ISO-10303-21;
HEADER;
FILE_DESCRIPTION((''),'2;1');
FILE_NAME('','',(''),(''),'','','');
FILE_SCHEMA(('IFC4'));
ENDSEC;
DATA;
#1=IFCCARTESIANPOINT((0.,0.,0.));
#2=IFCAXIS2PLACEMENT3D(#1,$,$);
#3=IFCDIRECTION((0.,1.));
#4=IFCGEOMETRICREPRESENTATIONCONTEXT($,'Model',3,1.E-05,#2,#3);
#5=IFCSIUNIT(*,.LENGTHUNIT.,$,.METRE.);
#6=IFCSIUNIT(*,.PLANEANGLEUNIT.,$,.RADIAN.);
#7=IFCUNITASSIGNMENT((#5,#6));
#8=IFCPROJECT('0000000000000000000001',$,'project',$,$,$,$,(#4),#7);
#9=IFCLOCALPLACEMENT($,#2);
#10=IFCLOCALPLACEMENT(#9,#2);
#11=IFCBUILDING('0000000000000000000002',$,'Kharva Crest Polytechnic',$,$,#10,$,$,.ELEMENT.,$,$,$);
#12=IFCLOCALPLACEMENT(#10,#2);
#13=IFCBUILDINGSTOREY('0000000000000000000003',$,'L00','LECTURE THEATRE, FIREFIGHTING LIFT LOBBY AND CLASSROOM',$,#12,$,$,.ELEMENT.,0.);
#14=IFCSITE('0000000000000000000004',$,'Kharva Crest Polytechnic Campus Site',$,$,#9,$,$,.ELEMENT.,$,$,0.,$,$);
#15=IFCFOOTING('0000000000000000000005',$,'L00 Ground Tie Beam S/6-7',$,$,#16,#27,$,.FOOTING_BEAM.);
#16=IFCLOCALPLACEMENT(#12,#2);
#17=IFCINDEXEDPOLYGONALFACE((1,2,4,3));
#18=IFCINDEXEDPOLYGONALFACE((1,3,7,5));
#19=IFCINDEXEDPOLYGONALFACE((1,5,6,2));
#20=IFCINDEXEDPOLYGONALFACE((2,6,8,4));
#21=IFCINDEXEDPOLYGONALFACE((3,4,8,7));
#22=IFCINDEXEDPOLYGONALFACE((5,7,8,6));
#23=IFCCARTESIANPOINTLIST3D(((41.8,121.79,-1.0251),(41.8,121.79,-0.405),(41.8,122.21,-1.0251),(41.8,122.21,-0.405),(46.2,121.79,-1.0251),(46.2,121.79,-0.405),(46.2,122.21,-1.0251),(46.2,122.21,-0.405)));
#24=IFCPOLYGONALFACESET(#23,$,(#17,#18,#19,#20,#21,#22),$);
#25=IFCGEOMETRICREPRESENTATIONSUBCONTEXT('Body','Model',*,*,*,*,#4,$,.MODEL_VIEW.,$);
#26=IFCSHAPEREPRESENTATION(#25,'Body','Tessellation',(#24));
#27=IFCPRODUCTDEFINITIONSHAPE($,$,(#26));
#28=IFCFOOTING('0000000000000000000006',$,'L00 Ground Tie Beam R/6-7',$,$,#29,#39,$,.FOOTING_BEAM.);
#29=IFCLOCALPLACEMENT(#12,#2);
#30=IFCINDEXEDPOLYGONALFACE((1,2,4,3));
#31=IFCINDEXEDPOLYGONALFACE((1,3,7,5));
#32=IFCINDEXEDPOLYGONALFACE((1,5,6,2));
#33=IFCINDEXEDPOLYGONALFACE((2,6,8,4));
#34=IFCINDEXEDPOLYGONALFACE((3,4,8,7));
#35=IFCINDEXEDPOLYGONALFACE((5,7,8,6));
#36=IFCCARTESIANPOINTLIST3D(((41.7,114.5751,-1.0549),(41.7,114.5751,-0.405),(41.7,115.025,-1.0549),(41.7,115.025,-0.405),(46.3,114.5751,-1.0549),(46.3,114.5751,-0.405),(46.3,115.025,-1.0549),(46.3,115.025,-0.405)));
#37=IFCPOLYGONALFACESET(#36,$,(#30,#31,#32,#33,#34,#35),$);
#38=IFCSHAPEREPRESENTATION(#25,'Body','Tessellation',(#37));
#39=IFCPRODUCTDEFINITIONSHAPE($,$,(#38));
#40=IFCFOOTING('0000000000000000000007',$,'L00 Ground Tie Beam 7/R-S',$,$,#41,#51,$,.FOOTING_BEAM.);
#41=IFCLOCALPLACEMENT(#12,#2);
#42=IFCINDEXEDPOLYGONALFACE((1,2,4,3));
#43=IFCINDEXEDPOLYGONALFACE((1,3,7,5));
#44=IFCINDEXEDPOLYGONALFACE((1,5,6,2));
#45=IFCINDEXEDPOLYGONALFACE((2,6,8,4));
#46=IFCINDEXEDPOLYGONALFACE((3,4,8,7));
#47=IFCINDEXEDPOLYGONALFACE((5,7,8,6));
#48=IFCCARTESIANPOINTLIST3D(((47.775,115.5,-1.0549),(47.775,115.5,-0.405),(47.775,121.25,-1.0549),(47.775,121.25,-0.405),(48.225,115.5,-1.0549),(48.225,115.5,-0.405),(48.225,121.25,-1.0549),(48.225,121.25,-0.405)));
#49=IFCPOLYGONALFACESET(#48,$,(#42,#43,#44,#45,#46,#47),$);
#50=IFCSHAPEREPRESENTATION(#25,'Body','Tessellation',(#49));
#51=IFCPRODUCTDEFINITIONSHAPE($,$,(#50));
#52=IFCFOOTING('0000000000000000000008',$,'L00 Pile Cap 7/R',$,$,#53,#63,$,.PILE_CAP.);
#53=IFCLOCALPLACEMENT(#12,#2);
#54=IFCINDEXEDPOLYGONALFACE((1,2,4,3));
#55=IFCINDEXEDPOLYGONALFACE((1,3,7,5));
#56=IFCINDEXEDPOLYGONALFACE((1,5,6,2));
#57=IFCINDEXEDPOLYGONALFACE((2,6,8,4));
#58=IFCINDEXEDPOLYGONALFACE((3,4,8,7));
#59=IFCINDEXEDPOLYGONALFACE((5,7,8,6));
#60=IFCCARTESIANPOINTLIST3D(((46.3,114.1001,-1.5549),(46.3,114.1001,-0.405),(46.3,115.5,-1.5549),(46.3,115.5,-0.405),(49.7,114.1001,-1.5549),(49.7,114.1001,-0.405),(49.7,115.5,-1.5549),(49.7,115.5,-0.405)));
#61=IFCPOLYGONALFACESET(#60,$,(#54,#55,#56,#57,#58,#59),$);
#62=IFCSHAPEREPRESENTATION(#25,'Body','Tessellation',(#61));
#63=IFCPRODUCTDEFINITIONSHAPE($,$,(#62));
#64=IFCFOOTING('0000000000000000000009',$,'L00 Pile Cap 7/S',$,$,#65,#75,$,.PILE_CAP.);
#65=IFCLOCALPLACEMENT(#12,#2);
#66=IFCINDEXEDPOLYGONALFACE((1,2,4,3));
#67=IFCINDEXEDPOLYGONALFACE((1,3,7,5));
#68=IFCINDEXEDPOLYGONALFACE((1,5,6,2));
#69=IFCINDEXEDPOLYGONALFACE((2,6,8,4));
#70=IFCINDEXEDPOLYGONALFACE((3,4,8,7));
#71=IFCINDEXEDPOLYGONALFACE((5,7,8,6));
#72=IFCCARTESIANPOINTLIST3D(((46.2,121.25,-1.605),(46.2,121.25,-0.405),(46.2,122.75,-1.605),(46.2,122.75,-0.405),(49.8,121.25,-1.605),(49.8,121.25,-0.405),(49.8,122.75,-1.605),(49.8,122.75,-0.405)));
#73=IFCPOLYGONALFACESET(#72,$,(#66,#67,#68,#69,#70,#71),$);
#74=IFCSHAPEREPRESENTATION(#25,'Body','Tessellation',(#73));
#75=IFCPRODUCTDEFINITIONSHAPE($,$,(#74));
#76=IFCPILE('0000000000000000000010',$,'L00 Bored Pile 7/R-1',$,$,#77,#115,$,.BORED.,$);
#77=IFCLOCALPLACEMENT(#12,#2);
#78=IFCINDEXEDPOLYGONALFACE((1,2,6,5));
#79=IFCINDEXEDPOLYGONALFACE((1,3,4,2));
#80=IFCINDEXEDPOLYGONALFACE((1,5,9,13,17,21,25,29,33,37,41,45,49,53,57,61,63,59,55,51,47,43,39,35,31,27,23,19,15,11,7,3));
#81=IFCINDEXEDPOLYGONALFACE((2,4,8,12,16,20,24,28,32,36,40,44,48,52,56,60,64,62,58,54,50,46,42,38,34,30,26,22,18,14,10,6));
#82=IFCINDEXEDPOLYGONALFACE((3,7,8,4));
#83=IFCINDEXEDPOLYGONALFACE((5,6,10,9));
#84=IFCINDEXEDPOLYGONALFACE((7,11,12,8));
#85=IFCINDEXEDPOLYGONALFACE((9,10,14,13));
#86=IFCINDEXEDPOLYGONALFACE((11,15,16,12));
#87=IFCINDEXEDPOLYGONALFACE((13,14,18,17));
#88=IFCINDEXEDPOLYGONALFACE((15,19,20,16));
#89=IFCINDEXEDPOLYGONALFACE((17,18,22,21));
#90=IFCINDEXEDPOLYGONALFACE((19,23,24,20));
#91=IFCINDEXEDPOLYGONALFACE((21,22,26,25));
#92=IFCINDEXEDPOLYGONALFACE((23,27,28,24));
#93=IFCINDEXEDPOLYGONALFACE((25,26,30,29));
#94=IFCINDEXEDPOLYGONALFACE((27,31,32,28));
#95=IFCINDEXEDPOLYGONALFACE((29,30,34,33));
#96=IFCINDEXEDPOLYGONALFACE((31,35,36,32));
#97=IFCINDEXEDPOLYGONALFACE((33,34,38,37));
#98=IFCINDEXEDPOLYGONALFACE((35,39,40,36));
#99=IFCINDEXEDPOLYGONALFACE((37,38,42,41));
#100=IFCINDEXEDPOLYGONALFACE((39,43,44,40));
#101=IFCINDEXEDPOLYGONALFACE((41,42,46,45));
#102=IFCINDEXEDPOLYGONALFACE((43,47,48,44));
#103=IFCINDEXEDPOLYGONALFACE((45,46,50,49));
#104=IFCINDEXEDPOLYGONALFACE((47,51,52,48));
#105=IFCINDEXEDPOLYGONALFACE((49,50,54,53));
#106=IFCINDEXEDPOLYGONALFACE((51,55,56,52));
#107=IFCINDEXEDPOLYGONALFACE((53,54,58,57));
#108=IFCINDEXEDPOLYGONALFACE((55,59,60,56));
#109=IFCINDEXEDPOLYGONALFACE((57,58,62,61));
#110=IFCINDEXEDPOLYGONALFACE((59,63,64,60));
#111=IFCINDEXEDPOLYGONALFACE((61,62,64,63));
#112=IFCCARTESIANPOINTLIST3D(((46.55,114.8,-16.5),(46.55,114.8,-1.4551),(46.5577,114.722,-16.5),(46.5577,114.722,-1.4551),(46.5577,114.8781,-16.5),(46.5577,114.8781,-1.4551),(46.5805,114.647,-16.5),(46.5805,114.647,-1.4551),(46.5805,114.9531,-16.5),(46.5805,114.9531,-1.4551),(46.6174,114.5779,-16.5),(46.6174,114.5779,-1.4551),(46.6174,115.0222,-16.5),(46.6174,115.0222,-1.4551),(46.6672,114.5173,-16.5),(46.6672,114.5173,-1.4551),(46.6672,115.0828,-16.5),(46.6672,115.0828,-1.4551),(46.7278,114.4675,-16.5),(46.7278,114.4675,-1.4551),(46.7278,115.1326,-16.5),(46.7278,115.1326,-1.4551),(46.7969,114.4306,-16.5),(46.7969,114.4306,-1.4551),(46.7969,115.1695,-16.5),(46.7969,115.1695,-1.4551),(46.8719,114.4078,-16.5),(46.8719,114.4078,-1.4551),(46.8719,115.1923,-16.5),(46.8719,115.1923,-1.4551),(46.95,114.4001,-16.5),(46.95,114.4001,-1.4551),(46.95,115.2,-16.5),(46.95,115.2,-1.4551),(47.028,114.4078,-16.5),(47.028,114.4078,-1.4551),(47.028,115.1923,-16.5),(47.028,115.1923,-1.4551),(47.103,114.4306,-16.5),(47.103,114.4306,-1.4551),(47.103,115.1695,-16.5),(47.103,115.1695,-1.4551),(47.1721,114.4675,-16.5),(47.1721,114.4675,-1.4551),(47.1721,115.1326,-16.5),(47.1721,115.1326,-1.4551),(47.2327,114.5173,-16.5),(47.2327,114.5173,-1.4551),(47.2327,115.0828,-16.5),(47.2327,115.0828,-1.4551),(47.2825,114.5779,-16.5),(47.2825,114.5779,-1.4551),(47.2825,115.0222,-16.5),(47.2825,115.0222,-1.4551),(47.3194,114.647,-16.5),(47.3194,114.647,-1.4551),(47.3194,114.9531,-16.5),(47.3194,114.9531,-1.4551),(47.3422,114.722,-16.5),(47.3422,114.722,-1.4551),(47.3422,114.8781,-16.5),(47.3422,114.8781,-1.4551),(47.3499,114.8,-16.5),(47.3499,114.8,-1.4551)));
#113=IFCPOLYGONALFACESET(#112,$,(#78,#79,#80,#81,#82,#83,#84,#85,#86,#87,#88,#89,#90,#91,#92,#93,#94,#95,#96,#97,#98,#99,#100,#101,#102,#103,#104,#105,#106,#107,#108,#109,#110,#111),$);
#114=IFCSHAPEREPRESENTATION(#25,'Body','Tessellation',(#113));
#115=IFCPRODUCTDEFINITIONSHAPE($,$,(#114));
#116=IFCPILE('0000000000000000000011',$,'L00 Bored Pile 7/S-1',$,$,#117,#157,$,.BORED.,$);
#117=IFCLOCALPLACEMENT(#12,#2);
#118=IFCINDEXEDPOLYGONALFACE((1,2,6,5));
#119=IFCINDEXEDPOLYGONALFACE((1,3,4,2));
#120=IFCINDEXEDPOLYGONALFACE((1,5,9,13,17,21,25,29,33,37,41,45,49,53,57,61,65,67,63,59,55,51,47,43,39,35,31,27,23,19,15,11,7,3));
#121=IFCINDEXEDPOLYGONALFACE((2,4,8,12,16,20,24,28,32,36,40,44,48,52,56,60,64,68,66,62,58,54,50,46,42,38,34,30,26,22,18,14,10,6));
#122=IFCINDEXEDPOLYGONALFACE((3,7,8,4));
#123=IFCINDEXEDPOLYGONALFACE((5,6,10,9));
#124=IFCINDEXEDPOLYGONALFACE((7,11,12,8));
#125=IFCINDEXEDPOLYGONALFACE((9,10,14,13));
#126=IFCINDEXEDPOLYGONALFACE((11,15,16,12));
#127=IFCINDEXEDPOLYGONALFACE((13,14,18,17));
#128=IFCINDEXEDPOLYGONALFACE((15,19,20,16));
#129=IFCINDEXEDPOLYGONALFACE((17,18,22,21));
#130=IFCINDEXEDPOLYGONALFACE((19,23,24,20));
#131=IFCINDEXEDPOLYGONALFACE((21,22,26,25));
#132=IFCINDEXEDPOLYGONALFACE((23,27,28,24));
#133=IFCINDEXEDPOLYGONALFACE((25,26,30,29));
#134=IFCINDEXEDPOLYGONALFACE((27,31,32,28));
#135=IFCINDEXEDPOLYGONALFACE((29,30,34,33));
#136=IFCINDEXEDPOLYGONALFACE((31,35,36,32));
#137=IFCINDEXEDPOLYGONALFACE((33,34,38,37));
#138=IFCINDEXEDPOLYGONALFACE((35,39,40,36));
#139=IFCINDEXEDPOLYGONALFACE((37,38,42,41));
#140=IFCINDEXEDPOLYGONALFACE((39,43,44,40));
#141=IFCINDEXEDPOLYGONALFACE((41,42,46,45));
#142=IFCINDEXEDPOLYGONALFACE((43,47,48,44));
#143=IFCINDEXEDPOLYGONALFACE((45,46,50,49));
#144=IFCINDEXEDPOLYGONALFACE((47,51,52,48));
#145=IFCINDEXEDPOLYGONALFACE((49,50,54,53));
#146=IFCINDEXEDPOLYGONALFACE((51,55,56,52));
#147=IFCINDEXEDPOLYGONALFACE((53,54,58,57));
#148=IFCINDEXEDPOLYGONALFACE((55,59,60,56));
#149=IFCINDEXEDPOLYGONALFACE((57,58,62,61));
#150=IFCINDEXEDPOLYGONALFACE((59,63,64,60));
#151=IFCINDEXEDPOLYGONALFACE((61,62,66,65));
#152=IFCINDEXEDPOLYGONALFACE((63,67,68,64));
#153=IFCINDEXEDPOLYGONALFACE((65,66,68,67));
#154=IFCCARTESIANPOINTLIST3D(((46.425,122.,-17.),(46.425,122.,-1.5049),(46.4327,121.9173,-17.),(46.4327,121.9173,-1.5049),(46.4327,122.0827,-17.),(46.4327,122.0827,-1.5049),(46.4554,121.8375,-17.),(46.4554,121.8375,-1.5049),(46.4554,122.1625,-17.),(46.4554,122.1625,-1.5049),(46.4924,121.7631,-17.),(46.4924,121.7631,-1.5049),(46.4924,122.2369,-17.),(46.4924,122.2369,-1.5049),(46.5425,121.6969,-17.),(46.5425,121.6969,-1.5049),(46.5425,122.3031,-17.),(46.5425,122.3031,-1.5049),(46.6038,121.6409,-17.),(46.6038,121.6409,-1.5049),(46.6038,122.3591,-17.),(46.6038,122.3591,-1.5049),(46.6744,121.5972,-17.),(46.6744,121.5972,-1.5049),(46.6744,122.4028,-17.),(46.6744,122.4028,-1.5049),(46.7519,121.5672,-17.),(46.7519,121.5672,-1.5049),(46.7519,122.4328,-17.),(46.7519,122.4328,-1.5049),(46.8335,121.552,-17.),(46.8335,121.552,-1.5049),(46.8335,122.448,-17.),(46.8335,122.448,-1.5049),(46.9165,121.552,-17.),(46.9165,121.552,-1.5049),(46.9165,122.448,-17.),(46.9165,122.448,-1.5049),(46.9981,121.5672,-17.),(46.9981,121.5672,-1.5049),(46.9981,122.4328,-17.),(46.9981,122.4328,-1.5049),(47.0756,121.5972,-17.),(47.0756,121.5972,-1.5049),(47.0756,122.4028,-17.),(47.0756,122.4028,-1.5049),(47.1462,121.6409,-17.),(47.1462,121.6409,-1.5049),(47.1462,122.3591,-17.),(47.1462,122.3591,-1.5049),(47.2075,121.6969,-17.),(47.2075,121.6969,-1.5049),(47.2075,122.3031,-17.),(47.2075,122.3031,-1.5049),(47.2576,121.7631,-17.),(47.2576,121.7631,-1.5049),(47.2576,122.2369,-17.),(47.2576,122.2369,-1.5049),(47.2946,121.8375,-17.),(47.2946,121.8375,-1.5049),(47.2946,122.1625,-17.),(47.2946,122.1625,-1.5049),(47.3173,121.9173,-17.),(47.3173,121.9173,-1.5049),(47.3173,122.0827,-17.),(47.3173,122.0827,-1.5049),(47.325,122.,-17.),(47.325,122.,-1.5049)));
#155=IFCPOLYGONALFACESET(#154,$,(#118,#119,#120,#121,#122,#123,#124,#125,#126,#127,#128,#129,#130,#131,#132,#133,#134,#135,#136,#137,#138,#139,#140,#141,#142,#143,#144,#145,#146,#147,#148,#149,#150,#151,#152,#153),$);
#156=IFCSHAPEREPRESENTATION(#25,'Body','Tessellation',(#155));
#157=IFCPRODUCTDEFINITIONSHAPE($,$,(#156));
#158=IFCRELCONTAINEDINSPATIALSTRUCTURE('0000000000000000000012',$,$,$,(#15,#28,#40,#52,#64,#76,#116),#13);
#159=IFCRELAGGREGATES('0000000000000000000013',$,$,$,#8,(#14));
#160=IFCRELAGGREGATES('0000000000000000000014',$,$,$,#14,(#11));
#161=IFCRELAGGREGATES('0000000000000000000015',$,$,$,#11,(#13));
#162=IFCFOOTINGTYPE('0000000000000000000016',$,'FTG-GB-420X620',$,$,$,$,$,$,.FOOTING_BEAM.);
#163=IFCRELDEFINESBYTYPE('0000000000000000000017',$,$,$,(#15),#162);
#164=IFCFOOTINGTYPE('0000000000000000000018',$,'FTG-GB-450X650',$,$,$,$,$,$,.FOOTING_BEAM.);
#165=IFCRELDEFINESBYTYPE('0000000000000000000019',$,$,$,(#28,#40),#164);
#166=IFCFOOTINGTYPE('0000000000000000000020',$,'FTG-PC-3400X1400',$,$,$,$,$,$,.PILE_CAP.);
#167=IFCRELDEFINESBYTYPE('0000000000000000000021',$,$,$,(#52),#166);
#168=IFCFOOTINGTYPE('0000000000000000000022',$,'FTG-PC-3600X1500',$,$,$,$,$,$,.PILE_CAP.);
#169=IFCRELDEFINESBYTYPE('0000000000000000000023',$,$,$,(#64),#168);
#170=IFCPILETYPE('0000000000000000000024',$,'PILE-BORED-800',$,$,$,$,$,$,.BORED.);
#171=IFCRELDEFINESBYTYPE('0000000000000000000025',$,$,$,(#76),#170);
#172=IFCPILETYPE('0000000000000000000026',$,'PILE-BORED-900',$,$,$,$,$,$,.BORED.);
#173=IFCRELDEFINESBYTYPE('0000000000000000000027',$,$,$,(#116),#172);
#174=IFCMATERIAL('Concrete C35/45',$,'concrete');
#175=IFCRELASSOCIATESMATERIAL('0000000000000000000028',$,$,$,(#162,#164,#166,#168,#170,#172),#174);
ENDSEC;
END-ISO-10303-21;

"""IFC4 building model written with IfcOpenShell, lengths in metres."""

from ifc_helpers import new_model, si_unit, direction, frame, origin, origin_2d, place, context, subcontext, project, spatial, rectangle, circle, extrude, material, material_profile, profile_set, type_object, element, save


model = new_model("IFC4")

# Units and contexts
model_context = context("Model", 3, precision=1e-05, world=origin(), true_north=direction((0.0, 1.0)))
body_context = subcontext(model_context, "Body", "Model", "MODEL_VIEW")
ifc_project = project(units=[si_unit("LENGTHUNIT", "METRE"), si_unit("PLANEANGLEUNIT", "RADIAN")], contexts=[model_context])

# Site, building, storey
site_placement = place(None, origin())
site = spatial("IfcSite", under=ifc_project, at=site_placement, Name="Kharva Crest Polytechnic Campus Site", CompositionType="ELEMENT", RefElevation=0.0)
building_placement = place(site_placement, origin())
building = spatial("IfcBuilding", under=site, at=building_placement, Name="Kharva Crest Polytechnic", CompositionType="ELEMENT")
storey_placement = place(building_placement, origin())
storey = spatial("IfcBuildingStorey", under=building, at=storey_placement, Name="L00", Description="LECTURE THEATRE, FIREFIGHTING LIFT LOBBY AND CLASSROOM", CompositionType="ELEMENT", Elevation=0.0)

# Footings
ifc_material_1 = material(Name="Concrete C35/45", Category="concrete")
footing_type_1 = type_object("IfcFootingType", Name="FTG-GB-420X620", PredefinedType="FOOTING_BEAM", material=ifc_material_1)
footing_1_placement = place(storey_placement, frame((44.0, 122.0, -1.0251), z_axis=(0.0, 0.0, 1.0), x_axis=(1.0, 0.0, 0.0)))
element("IfcFooting", 1, at=footing_1_placement, inside=storey, type_object=footing_type_1, Name="L00 Ground Tie Beam S/6-7", PredefinedType="FOOTING_BEAM", context=body_context, shape_type="SweptSolid", body=[
    extrude(rectangle(XDim=4.3999, YDim=0.4199, at=origin_2d()), origin(), (0.0, 0.0, 1.0), 0.6201),
])
footing_type_2 = type_object("IfcFootingType", Name="FTG-GB-450X650", PredefinedType="FOOTING_BEAM", material=ifc_material_1)
footing_2_placement = place(storey_placement, frame((44.0, 114.8, -1.0549), z_axis=(0.0, 0.0, 1.0), x_axis=(1.0, 0.0, 0.0)))
element("IfcFooting", 2, at=footing_2_placement, inside=storey, type_object=footing_type_2, Name="L00 Ground Tie Beam R/6-7", PredefinedType="FOOTING_BEAM", context=body_context, shape_type="SweptSolid", body=[
    extrude(rectangle(XDim=4.6001, YDim=0.45, at=origin_2d()), origin(), (0.0, 0.0, 1.0), 0.6499),
])
footing_3_placement = place(storey_placement, frame((48.0, 118.375, -1.0549), z_axis=(0.0, 0.0, 1.0), x_axis=(0.0, 1.0, 0.0)))
element("IfcFooting", 3, at=footing_3_placement, inside=storey, type_object=footing_type_2, Name="L00 Ground Tie Beam 7/R-S", PredefinedType="FOOTING_BEAM", context=body_context, shape_type="SweptSolid", body=[
    extrude(rectangle(XDim=5.75, YDim=0.45, at=origin_2d()), origin(), (0.0, 0.0, 1.0), 0.6499),
])
footing_type_3 = type_object("IfcFootingType", Name="FTG-PC-3400X1400", PredefinedType="PILE_CAP", material=ifc_material_1)
footing_4_placement = place(storey_placement, frame((48.0, 114.8, -1.5549), z_axis=(0.0, 0.0, 1.0), x_axis=(1.0, 0.0, 0.0)))
element("IfcFooting", 4, at=footing_4_placement, inside=storey, type_object=footing_type_3, Name="L00 Pile Cap 7/R", PredefinedType="PILE_CAP", context=body_context, shape_type="SweptSolid", body=[
    extrude(rectangle(XDim=3.3999, YDim=1.3999, at=origin_2d()), origin(), (0.0, 0.0, 1.0), 1.1499),
])
footing_type_4 = type_object("IfcFootingType", Name="FTG-PC-3600X1500", PredefinedType="PILE_CAP", material=ifc_material_1)
footing_5_placement = place(storey_placement, frame((48.0, 122.0, -1.605), z_axis=(0.0, 0.0, 1.0), x_axis=(1.0, 0.0, 0.0)))
element("IfcFooting", 5, at=footing_5_placement, inside=storey, type_object=footing_type_4, Name="L00 Pile Cap 7/S", PredefinedType="PILE_CAP", context=body_context, shape_type="SweptSolid", body=[
    extrude(rectangle(XDim=3.6001, YDim=1.5, at=origin_2d()), origin(), (0.0, 0.0, 1.0), 1.2),
])

# Piles
ifc_material_profile_1 = material_profile(ifc_material_1, circle(Radius=0.3999, at=origin_2d()), Name="DIA 800")
ifc_profile_set_1 = profile_set([ifc_material_profile_1], Name="Concrete C35/45")
pile_type_1 = type_object("IfcPileType", Name="PILE-BORED-800", PredefinedType="BORED", material=ifc_profile_set_1)
pile_1_placement = place(storey_placement, frame((46.95, 114.8, -1.4551), z_axis=(0.0, 0.0, -1.0), x_axis=(1.0, 0.0, 0.0)))
element("IfcPile", 6, at=pile_1_placement, inside=storey, type_object=pile_type_1, Name="L00 Bored Pile 7/R-1", PredefinedType="BORED", context=body_context, shape_type="SweptSolid", body=[
    extrude(circle(Radius=0.3999, at=origin_2d()), origin(), (0.0, 0.0, 1.0), 15.0449),
])
ifc_material_profile_2 = material_profile(ifc_material_1, circle(Radius=0.45, at=origin_2d()), Name="DIA 900")
ifc_profile_set_2 = profile_set([ifc_material_profile_2], Name="Concrete C35/45")
pile_type_2 = type_object("IfcPileType", Name="PILE-BORED-900", PredefinedType="BORED", material=ifc_profile_set_2)
pile_2_placement = place(storey_placement, frame((46.875, 122.0, -1.5049), z_axis=(0.0, 0.0, -1.0), x_axis=(1.0, 0.0, 0.0)))
element("IfcPile", 7, at=pile_2_placement, inside=storey, type_object=pile_type_2, Name="L00 Bored Pile 7/S-1", PredefinedType="BORED", context=body_context, shape_type="SweptSolid", body=[
    extrude(circle(Radius=0.45, at=origin_2d()), origin(), (0.0, 0.0, 1.0), 15.4951),
])

save(model, "model.ifc")
